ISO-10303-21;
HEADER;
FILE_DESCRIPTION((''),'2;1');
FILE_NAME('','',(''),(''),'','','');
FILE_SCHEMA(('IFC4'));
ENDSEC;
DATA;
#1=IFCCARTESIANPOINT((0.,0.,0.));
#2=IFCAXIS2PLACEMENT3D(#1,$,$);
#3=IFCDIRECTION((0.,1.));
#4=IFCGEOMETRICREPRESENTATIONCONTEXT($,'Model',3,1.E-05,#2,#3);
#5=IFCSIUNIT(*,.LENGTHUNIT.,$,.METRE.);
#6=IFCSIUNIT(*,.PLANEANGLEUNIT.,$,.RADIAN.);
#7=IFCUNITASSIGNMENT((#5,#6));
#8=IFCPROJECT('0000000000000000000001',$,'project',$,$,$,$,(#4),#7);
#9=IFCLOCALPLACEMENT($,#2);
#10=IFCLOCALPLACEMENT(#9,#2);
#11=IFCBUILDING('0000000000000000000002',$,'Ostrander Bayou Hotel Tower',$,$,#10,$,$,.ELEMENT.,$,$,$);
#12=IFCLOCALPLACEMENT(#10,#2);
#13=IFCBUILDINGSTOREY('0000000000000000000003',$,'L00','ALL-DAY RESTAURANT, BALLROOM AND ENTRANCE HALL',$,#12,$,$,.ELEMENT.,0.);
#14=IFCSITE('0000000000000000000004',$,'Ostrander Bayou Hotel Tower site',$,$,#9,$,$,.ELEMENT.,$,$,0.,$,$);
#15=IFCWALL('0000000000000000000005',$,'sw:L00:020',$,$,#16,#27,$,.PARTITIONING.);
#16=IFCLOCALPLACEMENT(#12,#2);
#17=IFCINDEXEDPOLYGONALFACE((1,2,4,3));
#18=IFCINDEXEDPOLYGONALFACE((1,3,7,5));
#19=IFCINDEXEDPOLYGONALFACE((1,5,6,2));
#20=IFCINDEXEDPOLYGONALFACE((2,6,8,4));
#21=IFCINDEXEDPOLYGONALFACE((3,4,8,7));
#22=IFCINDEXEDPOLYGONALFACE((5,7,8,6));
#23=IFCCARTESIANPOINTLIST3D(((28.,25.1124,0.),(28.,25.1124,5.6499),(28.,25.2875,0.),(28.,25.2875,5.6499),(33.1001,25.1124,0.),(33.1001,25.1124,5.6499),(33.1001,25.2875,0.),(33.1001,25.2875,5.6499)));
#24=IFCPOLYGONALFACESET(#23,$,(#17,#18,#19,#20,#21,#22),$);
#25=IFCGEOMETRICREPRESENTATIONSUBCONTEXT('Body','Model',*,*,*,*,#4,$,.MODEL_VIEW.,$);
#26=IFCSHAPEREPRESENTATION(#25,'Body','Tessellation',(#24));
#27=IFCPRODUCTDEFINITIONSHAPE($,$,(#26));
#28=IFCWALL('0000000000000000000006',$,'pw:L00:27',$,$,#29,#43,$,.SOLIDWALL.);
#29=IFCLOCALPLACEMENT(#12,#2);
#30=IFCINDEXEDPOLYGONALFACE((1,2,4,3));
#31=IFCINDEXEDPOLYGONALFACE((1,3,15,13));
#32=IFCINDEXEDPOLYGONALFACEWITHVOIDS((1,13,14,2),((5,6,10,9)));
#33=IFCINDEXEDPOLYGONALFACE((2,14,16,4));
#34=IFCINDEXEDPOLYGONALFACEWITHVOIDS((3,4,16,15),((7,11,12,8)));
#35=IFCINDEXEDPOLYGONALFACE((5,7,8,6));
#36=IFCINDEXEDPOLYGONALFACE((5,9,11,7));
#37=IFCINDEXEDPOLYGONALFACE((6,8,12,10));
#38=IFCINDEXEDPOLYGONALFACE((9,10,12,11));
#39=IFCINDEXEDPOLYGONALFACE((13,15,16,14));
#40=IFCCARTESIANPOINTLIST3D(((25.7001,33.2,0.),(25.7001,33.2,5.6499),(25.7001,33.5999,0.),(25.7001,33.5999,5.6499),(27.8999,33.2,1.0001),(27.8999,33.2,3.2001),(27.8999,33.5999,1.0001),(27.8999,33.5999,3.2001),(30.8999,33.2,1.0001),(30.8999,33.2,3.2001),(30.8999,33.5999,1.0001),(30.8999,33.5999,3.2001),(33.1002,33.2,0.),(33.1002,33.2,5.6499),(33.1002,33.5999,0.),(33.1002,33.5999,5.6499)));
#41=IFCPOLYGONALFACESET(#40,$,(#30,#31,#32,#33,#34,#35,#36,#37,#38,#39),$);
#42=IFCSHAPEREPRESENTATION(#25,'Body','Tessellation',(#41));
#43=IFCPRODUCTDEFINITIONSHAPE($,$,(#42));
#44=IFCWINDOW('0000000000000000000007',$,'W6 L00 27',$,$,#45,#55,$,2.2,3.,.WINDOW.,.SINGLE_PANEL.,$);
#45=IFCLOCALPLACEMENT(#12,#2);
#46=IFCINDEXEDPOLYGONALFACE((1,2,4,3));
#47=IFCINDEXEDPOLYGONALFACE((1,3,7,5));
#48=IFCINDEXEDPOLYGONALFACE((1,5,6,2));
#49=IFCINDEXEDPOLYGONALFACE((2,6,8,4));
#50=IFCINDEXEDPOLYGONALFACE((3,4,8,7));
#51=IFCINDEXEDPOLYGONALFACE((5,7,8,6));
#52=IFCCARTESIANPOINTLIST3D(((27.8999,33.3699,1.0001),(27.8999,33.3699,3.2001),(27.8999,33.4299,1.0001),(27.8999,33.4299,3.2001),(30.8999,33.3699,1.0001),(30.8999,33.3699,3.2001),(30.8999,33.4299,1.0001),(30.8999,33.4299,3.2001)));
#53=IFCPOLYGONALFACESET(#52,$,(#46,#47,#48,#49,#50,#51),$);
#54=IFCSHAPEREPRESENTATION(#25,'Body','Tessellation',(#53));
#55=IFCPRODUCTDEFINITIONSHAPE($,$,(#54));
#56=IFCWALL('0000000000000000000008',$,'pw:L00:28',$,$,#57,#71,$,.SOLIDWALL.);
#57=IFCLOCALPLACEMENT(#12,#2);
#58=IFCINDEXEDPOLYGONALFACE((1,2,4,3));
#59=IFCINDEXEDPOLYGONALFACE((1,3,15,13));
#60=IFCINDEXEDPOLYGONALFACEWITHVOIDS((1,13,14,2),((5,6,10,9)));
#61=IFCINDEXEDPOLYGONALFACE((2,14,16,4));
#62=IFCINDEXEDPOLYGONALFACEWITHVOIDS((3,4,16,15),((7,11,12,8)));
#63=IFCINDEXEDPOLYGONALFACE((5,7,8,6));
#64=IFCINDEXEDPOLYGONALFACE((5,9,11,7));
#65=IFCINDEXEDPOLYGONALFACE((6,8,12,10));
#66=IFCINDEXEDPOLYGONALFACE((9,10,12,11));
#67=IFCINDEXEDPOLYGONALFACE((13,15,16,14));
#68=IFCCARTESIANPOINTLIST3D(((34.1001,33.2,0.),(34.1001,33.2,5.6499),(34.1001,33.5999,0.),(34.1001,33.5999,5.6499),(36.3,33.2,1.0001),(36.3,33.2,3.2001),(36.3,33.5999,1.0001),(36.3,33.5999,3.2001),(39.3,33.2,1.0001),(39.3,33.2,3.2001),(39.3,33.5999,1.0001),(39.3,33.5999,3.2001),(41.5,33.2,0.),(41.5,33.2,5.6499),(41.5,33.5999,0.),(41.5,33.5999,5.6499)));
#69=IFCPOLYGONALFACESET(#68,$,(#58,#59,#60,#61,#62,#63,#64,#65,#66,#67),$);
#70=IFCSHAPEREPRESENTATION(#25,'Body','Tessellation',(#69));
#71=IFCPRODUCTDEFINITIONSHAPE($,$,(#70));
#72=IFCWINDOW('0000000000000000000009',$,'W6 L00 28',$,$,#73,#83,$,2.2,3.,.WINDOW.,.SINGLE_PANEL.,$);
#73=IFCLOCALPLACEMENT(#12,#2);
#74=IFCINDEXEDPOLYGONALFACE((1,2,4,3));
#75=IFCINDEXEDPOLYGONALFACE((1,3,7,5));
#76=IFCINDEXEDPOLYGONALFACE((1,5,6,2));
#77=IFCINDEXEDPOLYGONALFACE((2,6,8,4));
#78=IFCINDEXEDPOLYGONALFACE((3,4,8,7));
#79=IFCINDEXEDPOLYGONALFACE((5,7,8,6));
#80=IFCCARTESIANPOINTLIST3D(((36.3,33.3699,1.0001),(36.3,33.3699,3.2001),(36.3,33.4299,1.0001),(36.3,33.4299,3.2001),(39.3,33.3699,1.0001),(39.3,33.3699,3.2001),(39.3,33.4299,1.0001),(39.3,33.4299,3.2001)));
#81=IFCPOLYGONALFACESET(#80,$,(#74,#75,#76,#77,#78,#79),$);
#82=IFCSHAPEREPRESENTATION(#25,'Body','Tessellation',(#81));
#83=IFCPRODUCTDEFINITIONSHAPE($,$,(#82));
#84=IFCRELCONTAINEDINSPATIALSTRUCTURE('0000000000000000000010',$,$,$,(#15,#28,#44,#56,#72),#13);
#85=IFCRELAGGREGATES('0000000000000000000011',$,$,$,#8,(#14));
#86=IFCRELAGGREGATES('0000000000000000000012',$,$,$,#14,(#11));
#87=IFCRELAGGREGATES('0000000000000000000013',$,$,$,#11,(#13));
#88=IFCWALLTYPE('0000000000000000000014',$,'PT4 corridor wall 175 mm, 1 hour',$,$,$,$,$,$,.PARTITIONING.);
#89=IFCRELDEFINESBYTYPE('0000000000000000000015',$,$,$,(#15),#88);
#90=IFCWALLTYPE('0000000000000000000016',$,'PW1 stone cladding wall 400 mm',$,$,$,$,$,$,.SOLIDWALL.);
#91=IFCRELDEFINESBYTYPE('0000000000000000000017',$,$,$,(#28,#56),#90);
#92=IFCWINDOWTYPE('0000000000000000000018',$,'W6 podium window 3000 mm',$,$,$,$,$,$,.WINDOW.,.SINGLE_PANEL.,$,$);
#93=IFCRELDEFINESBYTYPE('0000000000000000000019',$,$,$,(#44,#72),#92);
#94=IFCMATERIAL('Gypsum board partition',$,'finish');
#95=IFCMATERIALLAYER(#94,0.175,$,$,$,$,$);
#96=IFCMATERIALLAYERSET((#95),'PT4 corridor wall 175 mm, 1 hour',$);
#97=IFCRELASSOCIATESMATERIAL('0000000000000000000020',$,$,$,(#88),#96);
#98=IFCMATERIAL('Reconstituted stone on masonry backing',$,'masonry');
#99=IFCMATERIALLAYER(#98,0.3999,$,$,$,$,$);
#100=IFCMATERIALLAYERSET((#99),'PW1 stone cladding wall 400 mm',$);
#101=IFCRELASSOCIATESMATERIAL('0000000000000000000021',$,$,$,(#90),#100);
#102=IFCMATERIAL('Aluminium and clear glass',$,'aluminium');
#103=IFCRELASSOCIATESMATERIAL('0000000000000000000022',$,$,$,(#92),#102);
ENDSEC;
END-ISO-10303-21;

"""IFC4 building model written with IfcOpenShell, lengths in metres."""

from ifc_helpers import new_model, si_unit, direction, frame, frame_2d, origin, place, context, subcontext, project, spatial, rectangle, extrude, material, layer, layer_set, type_object, element, fill, save


model = new_model("IFC4")

# Units and contexts
model_context = context("Model", 3, precision=1e-05, world=origin(), true_north=direction((0.0, 1.0)))
body_context = subcontext(model_context, "Body", "Model", "MODEL_VIEW")
ifc_project = project(units=[si_unit("LENGTHUNIT", "METRE"), si_unit("PLANEANGLEUNIT", "RADIAN")], contexts=[model_context])

# Site, building, storey
site_placement = place(None, origin())
site = spatial("IfcSite", under=ifc_project, at=site_placement, Name="Ostrander Bayou Hotel Tower site", CompositionType="ELEMENT", RefElevation=0.0)
building_placement = place(site_placement, origin())
building = spatial("IfcBuilding", under=site, at=building_placement, Name="Ostrander Bayou Hotel Tower", CompositionType="ELEMENT")
storey_placement = place(building_placement, origin())
storey = spatial("IfcBuildingStorey", under=building, at=storey_placement, Name="L00", Description="ALL-DAY RESTAURANT, BALLROOM AND ENTRANCE HALL", CompositionType="ELEMENT", Elevation=0.0)

# Shared definitions
ifc_material_1 = material(Name="Gypsum board partition", Category="finish")
ifc_layer_1 = layer(ifc_material_1, 0.175)
ifc_layer_set_1 = layer_set([ifc_layer_1], Name="PT4 corridor wall 175 mm, 1 hour")
wall_type_1 = type_object("IfcWallType", Name="PT4 corridor wall 175 mm, 1 hour", PredefinedType="PARTITIONING", material=ifc_layer_set_1)

# Wall
wall_1_placement = place(storey_placement, frame((28.0, 25.2, 0.0), z_axis=(0.0, 0.0, 1.0), x_axis=(1.0, 0.0, 0.0)))
element("IfcWall", 1, at=wall_1_placement, inside=storey, type_object=wall_type_1, Name="sw:L00:020", PredefinedType="PARTITIONING", context=body_context, shape_type="SweptSolid", body=[
    extrude(rectangle(XDim=5.1001, YDim=0.175, at=frame_2d((2.55, 0.0))), origin(), (0.0, 0.0, 1.0), 5.6499),
])

# Walls, openings, windows
ifc_material_2 = material(Name="Reconstituted stone on masonry backing", Category="masonry")
ifc_layer_2 = layer(ifc_material_2, 0.3999)
ifc_layer_set_2 = layer_set([ifc_layer_2], Name="PW1 stone cladding wall 400 mm")
wall_type_2 = type_object("IfcWallType", Name="PW1 stone cladding wall 400 mm", PredefinedType="SOLIDWALL", material=ifc_layer_set_2)
wall_2_placement = place(storey_placement, frame((25.7, 33.3999, 0.0), z_axis=(0.0, 0.0, 1.0), x_axis=(1.0, 0.0, 0.0)))
wall_2 = element("IfcWall", 2, at=wall_2_placement, inside=storey, type_object=wall_type_2, Name="pw:L00:27", PredefinedType="SOLIDWALL", context=body_context, shape_type="SweptSolid", body=[
    extrude(rectangle(XDim=7.4001, YDim=0.3999, at=frame_2d((3.7002, 0.0))), origin(), (0.0, 0.0, 1.0), 5.6499),
])
opening_1_placement = place(wall_2_placement, frame((2.2, 0.0, 1.0)))
opening_1 = element("IfcOpeningElement", 3, at=opening_1_placement, cuts=wall_2, PredefinedType="OPENING", context=body_context, shape_type="SweptSolid", body=[
    extrude(rectangle(XDim=3.0, YDim=2.2, at=frame_2d((1.5, 1.1001))), frame((0.0, 0.2, 0.0), z_axis=(0.0, -1.0, 0.0), x_axis=(1.0, 0.0, 0.0)), (0.0, 0.0, 1.0), 0.3999),
])
ifc_material_3 = material(Name="Aluminium and clear glass", Category="aluminium")
window_type = type_object("IfcWindowType", Name="W6 podium window 3000 mm", PartitioningType="SINGLE_PANEL", PredefinedType="WINDOW", material=ifc_material_3)
window_1_placement = place(opening_1_placement, origin())
window_1 = element("IfcWindow", 4, at=window_1_placement, inside=storey, type_object=window_type, Name="W6 L00 27", OverallHeight=2.2, OverallWidth=3.0, PartitioningType="SINGLE_PANEL", PredefinedType="WINDOW", context=body_context, shape_type="SweptSolid", body=[
    extrude(rectangle(XDim=3.0, YDim=2.2, at=frame_2d((1.5, 1.1001))), frame((0.0, 0.03, 0.0), z_axis=(0.0, -1.0, 0.0), x_axis=(1.0, 0.0, 0.0)), (0.0, 0.0, 1.0), 0.0601),
])
fill(opening_1, window_1)
wall_3_placement = place(storey_placement, frame((34.1001, 33.3999, 0.0), z_axis=(0.0, 0.0, 1.0), x_axis=(1.0, 0.0, 0.0)))
wall_3 = element("IfcWall", 5, at=wall_3_placement, inside=storey, type_object=wall_type_2, Name="pw:L00:28", PredefinedType="SOLIDWALL", context=body_context, shape_type="SweptSolid", body=[
    extrude(rectangle(XDim=7.3999, YDim=0.3999, at=frame_2d((3.7, 0.0))), origin(), (0.0, 0.0, 1.0), 5.6499),
])
opening_2_placement = place(wall_3_placement, frame((2.2, 0.0, 1.0)))
opening_2 = element("IfcOpeningElement", 6, at=opening_2_placement, cuts=wall_3, PredefinedType="OPENING", context=body_context, shape_type="SweptSolid", body=[
    extrude(rectangle(XDim=3.0, YDim=2.2, at=frame_2d((1.5, 1.1001))), frame((0.0, 0.2, 0.0), z_axis=(0.0, -1.0, 0.0), x_axis=(1.0, 0.0, 0.0)), (0.0, 0.0, 1.0), 0.3999),
])
window_2_placement = place(opening_2_placement, origin())
window_2 = element("IfcWindow", 7, at=window_2_placement, inside=storey, type_object=window_type, Name="W6 L00 28", OverallHeight=2.2, OverallWidth=3.0, PartitioningType="SINGLE_PANEL", PredefinedType="WINDOW", context=body_context, shape_type="SweptSolid", body=[
    extrude(rectangle(XDim=3.0, YDim=2.2, at=frame_2d((1.5, 1.1001))), frame((0.0, 0.03, 0.0), z_axis=(0.0, -1.0, 0.0), x_axis=(1.0, 0.0, 0.0)), (0.0, 0.0, 1.0), 0.0601),
])
fill(opening_2, window_2)

save(model, "model.ifc")
